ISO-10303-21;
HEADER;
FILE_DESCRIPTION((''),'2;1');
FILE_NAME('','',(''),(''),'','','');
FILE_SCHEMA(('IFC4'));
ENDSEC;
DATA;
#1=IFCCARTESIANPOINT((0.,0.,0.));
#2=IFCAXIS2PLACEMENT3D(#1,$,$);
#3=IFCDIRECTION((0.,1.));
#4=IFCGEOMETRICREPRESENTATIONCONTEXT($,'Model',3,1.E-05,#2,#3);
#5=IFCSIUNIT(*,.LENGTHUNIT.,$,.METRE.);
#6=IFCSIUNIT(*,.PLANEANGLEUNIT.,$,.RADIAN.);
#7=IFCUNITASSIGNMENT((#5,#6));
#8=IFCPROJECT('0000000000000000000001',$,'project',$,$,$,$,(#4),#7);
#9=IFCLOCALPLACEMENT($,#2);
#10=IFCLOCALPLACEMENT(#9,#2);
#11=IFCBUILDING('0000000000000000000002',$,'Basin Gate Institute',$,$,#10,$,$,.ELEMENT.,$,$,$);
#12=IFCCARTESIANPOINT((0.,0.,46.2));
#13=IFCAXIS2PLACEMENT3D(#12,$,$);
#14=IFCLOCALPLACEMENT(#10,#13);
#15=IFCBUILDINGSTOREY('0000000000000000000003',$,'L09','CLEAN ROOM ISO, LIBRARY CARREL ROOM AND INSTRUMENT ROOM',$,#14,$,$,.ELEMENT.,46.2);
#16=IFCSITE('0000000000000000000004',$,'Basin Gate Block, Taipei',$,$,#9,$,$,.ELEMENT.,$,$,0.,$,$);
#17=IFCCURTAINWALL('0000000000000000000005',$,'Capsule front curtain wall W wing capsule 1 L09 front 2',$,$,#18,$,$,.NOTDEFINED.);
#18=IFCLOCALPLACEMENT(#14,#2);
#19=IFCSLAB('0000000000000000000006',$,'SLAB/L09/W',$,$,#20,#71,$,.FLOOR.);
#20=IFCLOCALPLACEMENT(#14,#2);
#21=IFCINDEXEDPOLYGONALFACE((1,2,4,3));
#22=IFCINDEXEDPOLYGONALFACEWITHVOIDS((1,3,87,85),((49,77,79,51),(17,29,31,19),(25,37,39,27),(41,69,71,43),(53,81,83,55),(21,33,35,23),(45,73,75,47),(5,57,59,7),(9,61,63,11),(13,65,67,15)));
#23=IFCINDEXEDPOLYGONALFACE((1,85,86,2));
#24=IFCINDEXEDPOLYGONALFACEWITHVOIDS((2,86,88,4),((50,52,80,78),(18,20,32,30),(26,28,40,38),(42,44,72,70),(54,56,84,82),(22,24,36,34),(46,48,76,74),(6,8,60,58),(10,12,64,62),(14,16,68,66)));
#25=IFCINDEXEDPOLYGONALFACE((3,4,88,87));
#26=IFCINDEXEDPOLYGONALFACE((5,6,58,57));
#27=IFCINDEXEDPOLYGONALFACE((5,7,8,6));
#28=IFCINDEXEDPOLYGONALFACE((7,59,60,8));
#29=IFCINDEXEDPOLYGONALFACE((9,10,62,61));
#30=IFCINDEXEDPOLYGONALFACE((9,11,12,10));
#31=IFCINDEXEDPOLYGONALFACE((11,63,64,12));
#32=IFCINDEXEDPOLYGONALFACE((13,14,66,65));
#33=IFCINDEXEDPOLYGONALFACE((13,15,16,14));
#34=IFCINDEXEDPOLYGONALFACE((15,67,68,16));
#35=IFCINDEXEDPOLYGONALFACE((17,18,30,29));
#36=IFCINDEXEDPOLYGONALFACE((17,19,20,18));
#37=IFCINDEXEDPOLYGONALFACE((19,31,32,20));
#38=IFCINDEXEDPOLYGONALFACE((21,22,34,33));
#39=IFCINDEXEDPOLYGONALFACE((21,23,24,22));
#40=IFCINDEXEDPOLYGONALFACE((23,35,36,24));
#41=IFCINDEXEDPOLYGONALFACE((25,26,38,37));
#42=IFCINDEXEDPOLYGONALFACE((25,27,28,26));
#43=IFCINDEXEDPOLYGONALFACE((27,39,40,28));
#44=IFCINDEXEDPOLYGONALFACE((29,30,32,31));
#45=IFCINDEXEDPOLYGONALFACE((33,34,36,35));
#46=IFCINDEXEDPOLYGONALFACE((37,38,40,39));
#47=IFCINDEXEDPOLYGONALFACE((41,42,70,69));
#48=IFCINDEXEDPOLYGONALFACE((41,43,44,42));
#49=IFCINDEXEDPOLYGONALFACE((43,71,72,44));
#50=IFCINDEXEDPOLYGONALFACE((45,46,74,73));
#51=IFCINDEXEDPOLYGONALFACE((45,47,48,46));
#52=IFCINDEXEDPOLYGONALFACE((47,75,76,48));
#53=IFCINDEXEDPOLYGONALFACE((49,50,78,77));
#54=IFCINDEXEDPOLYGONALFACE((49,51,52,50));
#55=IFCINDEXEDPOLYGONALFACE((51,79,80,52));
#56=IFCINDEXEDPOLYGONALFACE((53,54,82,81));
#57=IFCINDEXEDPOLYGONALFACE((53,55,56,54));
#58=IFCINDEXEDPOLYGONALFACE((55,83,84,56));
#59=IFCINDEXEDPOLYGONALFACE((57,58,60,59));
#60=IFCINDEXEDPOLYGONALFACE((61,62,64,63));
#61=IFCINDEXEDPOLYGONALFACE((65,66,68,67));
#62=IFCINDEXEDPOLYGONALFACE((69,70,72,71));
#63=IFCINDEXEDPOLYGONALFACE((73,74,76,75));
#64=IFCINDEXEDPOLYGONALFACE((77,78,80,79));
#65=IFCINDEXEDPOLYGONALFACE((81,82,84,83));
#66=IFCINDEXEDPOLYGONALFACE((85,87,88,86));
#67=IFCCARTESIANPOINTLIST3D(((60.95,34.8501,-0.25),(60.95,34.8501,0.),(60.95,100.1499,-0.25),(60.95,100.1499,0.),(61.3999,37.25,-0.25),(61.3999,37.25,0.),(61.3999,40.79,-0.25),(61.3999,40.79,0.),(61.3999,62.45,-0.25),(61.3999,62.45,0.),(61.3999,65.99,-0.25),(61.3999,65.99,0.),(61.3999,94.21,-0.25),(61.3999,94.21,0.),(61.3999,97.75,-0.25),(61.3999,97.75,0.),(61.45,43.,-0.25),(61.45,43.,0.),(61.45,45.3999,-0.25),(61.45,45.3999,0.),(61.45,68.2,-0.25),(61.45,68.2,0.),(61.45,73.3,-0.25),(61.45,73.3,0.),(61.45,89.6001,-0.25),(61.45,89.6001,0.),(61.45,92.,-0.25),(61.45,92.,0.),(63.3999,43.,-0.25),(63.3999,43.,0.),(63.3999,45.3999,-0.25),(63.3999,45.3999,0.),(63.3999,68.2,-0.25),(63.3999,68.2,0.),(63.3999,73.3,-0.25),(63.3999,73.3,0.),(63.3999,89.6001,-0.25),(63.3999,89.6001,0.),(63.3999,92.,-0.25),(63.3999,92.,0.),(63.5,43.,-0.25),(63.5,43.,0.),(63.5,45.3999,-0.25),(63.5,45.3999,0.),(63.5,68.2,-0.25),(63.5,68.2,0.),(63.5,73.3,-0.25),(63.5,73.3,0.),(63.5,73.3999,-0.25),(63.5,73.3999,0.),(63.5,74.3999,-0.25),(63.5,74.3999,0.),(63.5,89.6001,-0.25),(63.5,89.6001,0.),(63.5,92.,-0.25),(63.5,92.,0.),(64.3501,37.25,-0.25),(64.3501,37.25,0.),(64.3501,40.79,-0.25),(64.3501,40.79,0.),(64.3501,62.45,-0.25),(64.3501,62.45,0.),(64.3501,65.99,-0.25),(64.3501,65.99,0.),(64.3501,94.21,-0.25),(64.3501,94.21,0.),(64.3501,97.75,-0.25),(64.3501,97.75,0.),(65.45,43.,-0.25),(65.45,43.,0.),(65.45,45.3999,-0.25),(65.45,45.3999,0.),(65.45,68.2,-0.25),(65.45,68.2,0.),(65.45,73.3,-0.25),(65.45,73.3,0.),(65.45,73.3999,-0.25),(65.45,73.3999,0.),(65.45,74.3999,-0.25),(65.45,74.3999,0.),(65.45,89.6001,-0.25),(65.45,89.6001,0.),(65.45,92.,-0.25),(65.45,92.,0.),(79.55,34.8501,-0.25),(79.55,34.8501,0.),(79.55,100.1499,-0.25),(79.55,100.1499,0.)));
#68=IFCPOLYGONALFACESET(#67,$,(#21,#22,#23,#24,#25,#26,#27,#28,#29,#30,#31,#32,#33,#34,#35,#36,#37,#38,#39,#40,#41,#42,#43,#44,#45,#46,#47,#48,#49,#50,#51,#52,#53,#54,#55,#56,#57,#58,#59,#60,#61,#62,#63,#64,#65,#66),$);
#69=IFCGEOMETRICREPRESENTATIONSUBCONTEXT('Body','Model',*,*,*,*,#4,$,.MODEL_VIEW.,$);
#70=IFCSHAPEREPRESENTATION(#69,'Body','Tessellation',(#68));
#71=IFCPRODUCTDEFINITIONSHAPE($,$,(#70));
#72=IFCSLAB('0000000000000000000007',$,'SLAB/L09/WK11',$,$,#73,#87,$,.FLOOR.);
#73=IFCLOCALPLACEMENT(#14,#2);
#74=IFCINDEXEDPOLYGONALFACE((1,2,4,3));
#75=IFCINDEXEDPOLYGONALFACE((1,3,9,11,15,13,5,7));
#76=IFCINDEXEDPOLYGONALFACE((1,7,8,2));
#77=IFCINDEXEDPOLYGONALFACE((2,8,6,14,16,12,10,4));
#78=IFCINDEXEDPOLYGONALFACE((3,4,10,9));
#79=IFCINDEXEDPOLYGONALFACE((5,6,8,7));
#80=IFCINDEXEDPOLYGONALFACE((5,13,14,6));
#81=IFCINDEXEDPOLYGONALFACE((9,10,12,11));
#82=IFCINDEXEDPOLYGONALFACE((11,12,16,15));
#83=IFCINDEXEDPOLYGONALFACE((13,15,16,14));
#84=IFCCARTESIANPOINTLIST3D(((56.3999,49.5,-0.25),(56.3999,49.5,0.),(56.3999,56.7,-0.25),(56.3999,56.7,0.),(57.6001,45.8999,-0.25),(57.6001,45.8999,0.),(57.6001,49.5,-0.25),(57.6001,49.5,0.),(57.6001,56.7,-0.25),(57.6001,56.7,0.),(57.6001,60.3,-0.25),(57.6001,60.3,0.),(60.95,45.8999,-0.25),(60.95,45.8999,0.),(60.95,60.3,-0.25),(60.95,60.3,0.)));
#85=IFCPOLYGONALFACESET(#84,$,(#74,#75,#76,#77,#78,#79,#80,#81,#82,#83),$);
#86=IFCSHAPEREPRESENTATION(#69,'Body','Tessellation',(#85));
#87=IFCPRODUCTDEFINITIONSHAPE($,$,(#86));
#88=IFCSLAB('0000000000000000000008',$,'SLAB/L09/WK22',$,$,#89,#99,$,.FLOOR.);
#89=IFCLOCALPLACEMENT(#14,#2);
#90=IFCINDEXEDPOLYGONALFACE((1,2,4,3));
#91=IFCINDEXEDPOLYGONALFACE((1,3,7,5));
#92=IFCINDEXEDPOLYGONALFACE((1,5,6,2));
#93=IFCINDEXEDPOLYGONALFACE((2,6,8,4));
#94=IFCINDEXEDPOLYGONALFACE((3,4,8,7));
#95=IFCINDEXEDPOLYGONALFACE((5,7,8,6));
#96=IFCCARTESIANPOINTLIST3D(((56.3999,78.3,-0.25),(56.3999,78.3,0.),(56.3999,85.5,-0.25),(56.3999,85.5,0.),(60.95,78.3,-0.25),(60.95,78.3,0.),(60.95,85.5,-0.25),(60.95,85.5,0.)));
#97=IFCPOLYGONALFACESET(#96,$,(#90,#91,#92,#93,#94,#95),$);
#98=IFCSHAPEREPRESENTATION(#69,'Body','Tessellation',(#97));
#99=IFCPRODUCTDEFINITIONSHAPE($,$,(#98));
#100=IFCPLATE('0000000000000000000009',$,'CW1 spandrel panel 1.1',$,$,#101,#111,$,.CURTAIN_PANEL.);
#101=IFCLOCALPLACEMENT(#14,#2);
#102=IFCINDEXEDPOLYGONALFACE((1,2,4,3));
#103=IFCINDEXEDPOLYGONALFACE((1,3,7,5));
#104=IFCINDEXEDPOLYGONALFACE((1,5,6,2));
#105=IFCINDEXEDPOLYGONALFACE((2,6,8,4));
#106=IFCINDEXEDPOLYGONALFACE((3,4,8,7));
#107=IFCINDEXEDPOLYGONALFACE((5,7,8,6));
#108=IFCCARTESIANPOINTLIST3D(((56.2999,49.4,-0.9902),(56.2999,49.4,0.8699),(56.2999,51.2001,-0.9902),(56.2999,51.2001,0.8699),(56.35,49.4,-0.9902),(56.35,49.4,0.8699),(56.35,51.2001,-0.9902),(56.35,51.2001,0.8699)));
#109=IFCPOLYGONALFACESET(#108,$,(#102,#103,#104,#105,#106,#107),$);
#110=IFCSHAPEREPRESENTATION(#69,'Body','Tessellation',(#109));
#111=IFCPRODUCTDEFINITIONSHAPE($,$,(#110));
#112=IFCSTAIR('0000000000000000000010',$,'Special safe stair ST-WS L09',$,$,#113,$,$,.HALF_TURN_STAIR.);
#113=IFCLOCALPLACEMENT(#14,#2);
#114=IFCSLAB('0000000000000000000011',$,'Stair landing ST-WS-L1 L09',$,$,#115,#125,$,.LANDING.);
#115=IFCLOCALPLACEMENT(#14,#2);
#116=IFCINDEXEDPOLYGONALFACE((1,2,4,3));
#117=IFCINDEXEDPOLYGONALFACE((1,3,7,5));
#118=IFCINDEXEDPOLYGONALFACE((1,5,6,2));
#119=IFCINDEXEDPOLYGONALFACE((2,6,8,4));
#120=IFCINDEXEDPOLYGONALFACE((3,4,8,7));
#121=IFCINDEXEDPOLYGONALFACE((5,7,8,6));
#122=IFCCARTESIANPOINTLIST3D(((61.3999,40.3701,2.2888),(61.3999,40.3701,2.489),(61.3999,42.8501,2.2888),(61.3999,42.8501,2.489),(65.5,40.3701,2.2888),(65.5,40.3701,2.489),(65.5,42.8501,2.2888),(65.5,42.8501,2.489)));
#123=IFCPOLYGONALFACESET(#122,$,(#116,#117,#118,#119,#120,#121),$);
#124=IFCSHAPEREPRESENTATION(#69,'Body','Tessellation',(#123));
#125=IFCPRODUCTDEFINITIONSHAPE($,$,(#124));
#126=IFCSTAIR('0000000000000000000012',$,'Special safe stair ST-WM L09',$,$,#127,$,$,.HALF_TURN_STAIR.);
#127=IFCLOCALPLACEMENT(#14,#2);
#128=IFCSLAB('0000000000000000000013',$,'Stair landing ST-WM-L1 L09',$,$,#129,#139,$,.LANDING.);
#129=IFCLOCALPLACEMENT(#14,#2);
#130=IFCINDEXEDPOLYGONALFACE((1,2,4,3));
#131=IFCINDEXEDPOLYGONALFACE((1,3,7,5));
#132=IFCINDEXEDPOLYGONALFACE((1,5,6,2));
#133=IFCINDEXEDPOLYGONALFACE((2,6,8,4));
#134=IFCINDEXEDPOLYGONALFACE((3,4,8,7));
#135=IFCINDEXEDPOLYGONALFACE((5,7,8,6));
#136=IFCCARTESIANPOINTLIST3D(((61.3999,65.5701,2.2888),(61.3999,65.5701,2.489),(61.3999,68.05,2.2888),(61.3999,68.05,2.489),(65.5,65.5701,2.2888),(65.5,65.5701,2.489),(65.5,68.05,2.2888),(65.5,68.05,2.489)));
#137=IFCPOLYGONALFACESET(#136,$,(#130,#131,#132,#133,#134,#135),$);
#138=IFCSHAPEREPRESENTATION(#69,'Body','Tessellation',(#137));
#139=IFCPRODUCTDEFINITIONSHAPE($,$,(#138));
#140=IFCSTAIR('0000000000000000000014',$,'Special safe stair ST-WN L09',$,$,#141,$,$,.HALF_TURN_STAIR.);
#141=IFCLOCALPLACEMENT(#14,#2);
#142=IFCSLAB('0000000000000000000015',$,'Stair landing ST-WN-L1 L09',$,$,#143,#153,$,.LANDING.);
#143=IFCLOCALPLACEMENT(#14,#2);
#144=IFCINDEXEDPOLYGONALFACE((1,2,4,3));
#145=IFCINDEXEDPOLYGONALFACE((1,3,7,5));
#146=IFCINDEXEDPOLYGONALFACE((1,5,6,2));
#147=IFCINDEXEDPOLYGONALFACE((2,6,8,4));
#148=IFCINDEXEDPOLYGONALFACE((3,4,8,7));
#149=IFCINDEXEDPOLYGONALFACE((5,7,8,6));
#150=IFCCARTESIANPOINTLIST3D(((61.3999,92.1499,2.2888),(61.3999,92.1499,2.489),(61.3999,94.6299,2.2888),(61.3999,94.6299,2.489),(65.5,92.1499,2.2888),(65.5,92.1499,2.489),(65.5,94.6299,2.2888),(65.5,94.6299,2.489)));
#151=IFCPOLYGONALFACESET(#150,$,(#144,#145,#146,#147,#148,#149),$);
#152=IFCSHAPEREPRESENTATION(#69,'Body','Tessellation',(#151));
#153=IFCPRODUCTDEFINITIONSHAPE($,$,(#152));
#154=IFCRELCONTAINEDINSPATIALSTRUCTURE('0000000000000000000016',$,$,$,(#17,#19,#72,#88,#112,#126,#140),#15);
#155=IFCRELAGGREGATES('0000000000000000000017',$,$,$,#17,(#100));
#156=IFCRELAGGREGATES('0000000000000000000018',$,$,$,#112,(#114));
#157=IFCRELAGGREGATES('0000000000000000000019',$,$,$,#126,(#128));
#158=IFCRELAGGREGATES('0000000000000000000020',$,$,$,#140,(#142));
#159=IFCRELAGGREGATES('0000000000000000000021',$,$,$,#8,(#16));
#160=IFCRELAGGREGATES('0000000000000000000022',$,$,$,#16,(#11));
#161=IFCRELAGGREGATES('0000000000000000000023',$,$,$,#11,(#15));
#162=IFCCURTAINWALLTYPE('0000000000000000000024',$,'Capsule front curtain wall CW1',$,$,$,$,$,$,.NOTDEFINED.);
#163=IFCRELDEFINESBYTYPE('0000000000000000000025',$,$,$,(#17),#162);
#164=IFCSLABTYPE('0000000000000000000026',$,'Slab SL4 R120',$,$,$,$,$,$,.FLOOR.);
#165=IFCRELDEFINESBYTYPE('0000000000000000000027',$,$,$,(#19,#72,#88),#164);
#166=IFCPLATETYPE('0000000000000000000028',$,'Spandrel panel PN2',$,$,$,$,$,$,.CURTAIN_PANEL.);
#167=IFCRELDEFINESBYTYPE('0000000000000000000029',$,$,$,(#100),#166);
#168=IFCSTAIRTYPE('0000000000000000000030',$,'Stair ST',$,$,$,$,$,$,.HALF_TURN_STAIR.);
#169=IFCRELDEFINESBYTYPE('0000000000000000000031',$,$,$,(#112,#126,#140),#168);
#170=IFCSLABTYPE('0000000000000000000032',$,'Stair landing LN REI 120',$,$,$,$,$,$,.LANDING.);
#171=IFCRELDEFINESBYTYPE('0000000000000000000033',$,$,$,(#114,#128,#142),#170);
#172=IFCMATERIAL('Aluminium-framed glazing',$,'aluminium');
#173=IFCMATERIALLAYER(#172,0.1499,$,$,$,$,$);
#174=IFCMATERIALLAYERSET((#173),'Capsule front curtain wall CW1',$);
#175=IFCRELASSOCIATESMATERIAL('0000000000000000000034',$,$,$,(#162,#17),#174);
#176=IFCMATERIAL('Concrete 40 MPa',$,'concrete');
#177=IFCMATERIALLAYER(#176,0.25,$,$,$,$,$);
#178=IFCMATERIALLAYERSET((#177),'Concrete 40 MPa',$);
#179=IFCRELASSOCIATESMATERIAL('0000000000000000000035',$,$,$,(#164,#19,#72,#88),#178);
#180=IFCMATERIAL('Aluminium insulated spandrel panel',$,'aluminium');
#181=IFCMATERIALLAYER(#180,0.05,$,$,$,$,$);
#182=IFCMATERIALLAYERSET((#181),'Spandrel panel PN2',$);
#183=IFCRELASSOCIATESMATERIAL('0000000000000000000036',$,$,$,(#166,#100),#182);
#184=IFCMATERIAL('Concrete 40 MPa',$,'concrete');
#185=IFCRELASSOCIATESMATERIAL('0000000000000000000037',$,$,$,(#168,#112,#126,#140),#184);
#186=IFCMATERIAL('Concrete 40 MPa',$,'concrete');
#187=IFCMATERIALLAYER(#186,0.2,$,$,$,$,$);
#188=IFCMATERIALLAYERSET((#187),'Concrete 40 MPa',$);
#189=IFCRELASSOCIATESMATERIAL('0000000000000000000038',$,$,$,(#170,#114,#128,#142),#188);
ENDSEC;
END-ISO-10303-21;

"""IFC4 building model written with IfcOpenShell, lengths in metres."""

from ifc_helpers import new_model, si_unit, direction, frame, origin, origin_2d, place, context, subcontext, project, spatial, polyline, rectangle, outline, extrude, material, layer, layer_set, type_object, element, aggregate, save


model = new_model("IFC4")

# Units and contexts
model_context = context("Model", 3, precision=1e-05, world=origin(), true_north=direction((0.0, 1.0)))
body_context = subcontext(model_context, "Body", "Model", "MODEL_VIEW")
ifc_project = project(units=[si_unit("LENGTHUNIT", "METRE"), si_unit("PLANEANGLEUNIT", "RADIAN")], contexts=[model_context])

# Site, building, storey
site_placement = place(None, origin())
site = spatial("IfcSite", under=ifc_project, at=site_placement, Name="Basin Gate Block, Taipei", CompositionType="ELEMENT", RefElevation=0.0)
building_placement = place(site_placement, origin())
building = spatial("IfcBuilding", under=site, at=building_placement, Name="Basin Gate Institute", CompositionType="ELEMENT")
storey_placement = place(building_placement, frame((0.0, 0.0, 46.2)))
storey = spatial("IfcBuildingStorey", under=building, at=storey_placement, Name="L09", Description="CLEAN ROOM ISO, LIBRARY CARREL ROOM AND INSTRUMENT ROOM", CompositionType="ELEMENT", Elevation=46.2)

# Curtain wall
ifc_material_1 = material(Name="Aluminium-framed glazing", Category="aluminium")
ifc_layer_1 = layer(ifc_material_1, 0.1499)
ifc_layer_set_1 = layer_set([ifc_layer_1], Name="Capsule front curtain wall CW1")
curtain_wall_type = type_object("IfcCurtainWallType", Name="Capsule front curtain wall CW1", PredefinedType="NOTDEFINED", material=ifc_layer_set_1)
curtain_wall_placement = place(storey_placement, origin())
curtain_wall = element("IfcCurtainWall", 1, at=curtain_wall_placement, inside=storey, type_object=curtain_wall_type, material=ifc_layer_set_1, Name="Capsule front curtain wall W wing capsule 1 L09 front 2", PredefinedType="NOTDEFINED")

# Slabs
ifc_material_2 = material(Name="Concrete 40 MPa", Category="concrete")
ifc_layer_2 = layer(ifc_material_2, 0.25)
ifc_layer_set_2 = layer_set([ifc_layer_2], Name="Concrete 40 MPa")
slab_type_1 = type_object("IfcSlabType", Name="Slab SL4 R120", PredefinedType="FLOOR", material=ifc_layer_set_2)
slab_1_placement = place(storey_placement, frame((0.0, 0.0, -0.25)))
element("IfcSlab", 2, at=slab_1_placement, inside=storey, type_object=slab_type_1, material=ifc_layer_set_2, Name="SLAB/L09/W", PredefinedType="FLOOR", context=body_context, shape_type="SweptSolid", body=[
    extrude(outline(polyline([(60.95, 34.8501), (79.55, 34.8501), (79.55, 100.1499), (60.95, 100.1499), (60.95, 34.8501)]), holes=[polyline([(61.3999, 37.25), (64.3501, 37.25), (64.3501, 40.79), (61.3999, 40.79), (61.3999, 37.25)]), polyline([(61.3999, 62.45), (64.3501, 62.45), (64.3501, 65.99), (61.3999, 65.99), (61.3999, 62.45)]), polyline([(61.3999, 94.21), (64.3501, 94.21), (64.3501, 97.75), (61.3999, 97.75), (61.3999, 94.21)]), polyline([(61.45, 43.0), (63.3999, 43.0), (63.3999, 45.3999), (61.45, 45.3999), (61.45, 43.0)]), polyline([(61.45, 68.2), (63.3999, 68.2), (63.3999, 73.3), (61.45, 73.3), (61.45, 68.2)]), polyline([(63.5, 73.3999), (65.45, 73.3999), (65.45, 74.3999), (63.5, 74.3999), (63.5, 73.3999)]), polyline([(61.45, 89.6001), (63.3999, 89.6001), (63.3999, 92.0), (61.45, 92.0), (61.45, 89.6001)]), polyline([(63.5, 43.0), (65.45, 43.0), (65.45, 45.3999), (63.5, 45.3999), (63.5, 43.0)]), polyline([(65.45, 68.2), (63.5, 68.2), (63.5, 73.3), (65.45, 73.3), (65.45, 68.2)]), polyline([(63.5, 89.6001), (65.45, 89.6001), (65.45, 92.0), (63.5, 92.0), (63.5, 89.6001)])]), origin(), (0.0, 0.0, 1.0), 0.25),
])
slab_2_placement = place(storey_placement, frame((0.0, 0.0, -0.25)))
element("IfcSlab", 3, at=slab_2_placement, inside=storey, type_object=slab_type_1, material=ifc_layer_set_2, Name="SLAB/L09/WK11", PredefinedType="FLOOR", context=body_context, shape_type="SweptSolid", body=[
    extrude(outline(polyline([(57.6001, 45.8999), (57.6001, 49.5), (56.3999, 49.5), (56.3999, 56.7), (57.6001, 56.7), (57.6001, 60.3), (60.95, 60.3), (60.95, 45.8999), (57.6001, 45.8999)])), origin(), (0.0, 0.0, 1.0), 0.25),
])
slab_3_placement = place(storey_placement, frame((0.0, 0.0, -0.25)))
element("IfcSlab", 4, at=slab_3_placement, inside=storey, type_object=slab_type_1, material=ifc_layer_set_2, Name="SLAB/L09/WK22", PredefinedType="FLOOR", context=body_context, shape_type="SweptSolid", body=[
    extrude(outline(polyline([(60.95, 78.3), (56.3999, 78.3), (56.3999, 85.5), (60.95, 85.5), (60.95, 78.3)])), origin(), (0.0, 0.0, 1.0), 0.25),
])

# Plate
ifc_material_3 = material(Name="Aluminium insulated spandrel panel", Category="aluminium")
ifc_layer_3 = layer(ifc_material_3, 0.05)
ifc_layer_set_3 = layer_set([ifc_layer_3], Name="Spandrel panel PN2")
plate_type = type_object("IfcPlateType", Name="Spandrel panel PN2", PredefinedType="CURTAIN_PANEL", material=ifc_layer_set_3)
plate_placement = place(storey_placement, frame((56.325, 50.3, -0.9902), z_axis=(0.0, 0.0, 1.0), x_axis=(0.0, 1.0, 0.0)))
plate = element("IfcPlate", 5, at=plate_placement, type_object=plate_type, material=ifc_layer_set_3, Name="CW1 spandrel panel 1.1", PredefinedType="CURTAIN_PANEL", context=body_context, shape_type="SweptSolid", body=[
    extrude(rectangle(XDim=1.8, YDim=0.05, at=origin_2d()), origin(), (0.0, 0.0, 1.0), 1.8601),
])
aggregate(curtain_wall, [plate])

# Stairs, slabs
ifc_material_4 = material(Name="Concrete 40 MPa", Category="concrete")
stair_type = type_object("IfcStairType", Name="Stair ST", PredefinedType="HALF_TURN_STAIR", material=ifc_material_4)
stair_1_placement = place(storey_placement, origin())
stair_1 = element("IfcStair", 6, at=stair_1_placement, inside=storey, type_object=stair_type, material=ifc_material_4, Name="Special safe stair ST-WS L09", PredefinedType="HALF_TURN_STAIR")
ifc_material_5 = material(Name="Concrete 40 MPa", Category="concrete")
ifc_layer_4 = layer(ifc_material_5, 0.2)
ifc_layer_set_4 = layer_set([ifc_layer_4], Name="Concrete 40 MPa")
slab_type_2 = type_object("IfcSlabType", Name="Stair landing LN REI 120", PredefinedType="LANDING", material=ifc_layer_set_4)
slab_4_placement = place(storey_placement, frame((0.0, 0.0, 2.2888)))
slab_4 = element("IfcSlab", 7, at=slab_4_placement, type_object=slab_type_2, material=ifc_layer_set_4, Name="Stair landing ST-WS-L1 L09", PredefinedType="LANDING", context=body_context, shape_type="SweptSolid", body=[
    extrude(outline(polyline([(61.3999, 40.3701), (65.5, 40.3701), (65.5, 42.8501), (61.3999, 42.8501), (61.3999, 40.3701)])), origin(), (0.0, 0.0, 1.0), 0.2002),
])
aggregate(stair_1, [slab_4])
stair_2_placement = place(storey_placement, origin())
stair_2 = element("IfcStair", 8, at=stair_2_placement, inside=storey, type_object=stair_type, material=ifc_material_4, Name="Special safe stair ST-WM L09", PredefinedType="HALF_TURN_STAIR")
slab_5_placement = place(storey_placement, frame((0.0, 0.0, 2.2888)))
slab_5 = element("IfcSlab", 9, at=slab_5_placement, type_object=slab_type_2, material=ifc_layer_set_4, Name="Stair landing ST-WM-L1 L09", PredefinedType="LANDING", context=body_context, shape_type="SweptSolid", body=[
    extrude(outline(polyline([(61.3999, 65.5701), (65.5, 65.5701), (65.5, 68.05), (61.3999, 68.05), (61.3999, 65.5701)])), origin(), (0.0, 0.0, 1.0), 0.2002),
])
aggregate(stair_2, [slab_5])
stair_3_placement = place(storey_placement, origin())
stair_3 = element("IfcStair", 10, at=stair_3_placement, inside=storey, type_object=stair_type, material=ifc_material_4, Name="Special safe stair ST-WN L09", PredefinedType="HALF_TURN_STAIR")
slab_6_placement = place(storey_placement, frame((0.0, 0.0, 2.2888)))
slab_6 = element("IfcSlab", 11, at=slab_6_placement, type_object=slab_type_2, material=ifc_layer_set_4, Name="Stair landing ST-WN-L1 L09", PredefinedType="LANDING", context=body_context, shape_type="SweptSolid", body=[
    extrude(outline(polyline([(61.3999, 92.1499), (65.5, 92.1499), (65.5, 94.6299), (61.3999, 94.6299), (61.3999, 92.1499)])), origin(), (0.0, 0.0, 1.0), 0.2002),
])
aggregate(stair_3, [slab_6])

save(model, "model.ifc")
